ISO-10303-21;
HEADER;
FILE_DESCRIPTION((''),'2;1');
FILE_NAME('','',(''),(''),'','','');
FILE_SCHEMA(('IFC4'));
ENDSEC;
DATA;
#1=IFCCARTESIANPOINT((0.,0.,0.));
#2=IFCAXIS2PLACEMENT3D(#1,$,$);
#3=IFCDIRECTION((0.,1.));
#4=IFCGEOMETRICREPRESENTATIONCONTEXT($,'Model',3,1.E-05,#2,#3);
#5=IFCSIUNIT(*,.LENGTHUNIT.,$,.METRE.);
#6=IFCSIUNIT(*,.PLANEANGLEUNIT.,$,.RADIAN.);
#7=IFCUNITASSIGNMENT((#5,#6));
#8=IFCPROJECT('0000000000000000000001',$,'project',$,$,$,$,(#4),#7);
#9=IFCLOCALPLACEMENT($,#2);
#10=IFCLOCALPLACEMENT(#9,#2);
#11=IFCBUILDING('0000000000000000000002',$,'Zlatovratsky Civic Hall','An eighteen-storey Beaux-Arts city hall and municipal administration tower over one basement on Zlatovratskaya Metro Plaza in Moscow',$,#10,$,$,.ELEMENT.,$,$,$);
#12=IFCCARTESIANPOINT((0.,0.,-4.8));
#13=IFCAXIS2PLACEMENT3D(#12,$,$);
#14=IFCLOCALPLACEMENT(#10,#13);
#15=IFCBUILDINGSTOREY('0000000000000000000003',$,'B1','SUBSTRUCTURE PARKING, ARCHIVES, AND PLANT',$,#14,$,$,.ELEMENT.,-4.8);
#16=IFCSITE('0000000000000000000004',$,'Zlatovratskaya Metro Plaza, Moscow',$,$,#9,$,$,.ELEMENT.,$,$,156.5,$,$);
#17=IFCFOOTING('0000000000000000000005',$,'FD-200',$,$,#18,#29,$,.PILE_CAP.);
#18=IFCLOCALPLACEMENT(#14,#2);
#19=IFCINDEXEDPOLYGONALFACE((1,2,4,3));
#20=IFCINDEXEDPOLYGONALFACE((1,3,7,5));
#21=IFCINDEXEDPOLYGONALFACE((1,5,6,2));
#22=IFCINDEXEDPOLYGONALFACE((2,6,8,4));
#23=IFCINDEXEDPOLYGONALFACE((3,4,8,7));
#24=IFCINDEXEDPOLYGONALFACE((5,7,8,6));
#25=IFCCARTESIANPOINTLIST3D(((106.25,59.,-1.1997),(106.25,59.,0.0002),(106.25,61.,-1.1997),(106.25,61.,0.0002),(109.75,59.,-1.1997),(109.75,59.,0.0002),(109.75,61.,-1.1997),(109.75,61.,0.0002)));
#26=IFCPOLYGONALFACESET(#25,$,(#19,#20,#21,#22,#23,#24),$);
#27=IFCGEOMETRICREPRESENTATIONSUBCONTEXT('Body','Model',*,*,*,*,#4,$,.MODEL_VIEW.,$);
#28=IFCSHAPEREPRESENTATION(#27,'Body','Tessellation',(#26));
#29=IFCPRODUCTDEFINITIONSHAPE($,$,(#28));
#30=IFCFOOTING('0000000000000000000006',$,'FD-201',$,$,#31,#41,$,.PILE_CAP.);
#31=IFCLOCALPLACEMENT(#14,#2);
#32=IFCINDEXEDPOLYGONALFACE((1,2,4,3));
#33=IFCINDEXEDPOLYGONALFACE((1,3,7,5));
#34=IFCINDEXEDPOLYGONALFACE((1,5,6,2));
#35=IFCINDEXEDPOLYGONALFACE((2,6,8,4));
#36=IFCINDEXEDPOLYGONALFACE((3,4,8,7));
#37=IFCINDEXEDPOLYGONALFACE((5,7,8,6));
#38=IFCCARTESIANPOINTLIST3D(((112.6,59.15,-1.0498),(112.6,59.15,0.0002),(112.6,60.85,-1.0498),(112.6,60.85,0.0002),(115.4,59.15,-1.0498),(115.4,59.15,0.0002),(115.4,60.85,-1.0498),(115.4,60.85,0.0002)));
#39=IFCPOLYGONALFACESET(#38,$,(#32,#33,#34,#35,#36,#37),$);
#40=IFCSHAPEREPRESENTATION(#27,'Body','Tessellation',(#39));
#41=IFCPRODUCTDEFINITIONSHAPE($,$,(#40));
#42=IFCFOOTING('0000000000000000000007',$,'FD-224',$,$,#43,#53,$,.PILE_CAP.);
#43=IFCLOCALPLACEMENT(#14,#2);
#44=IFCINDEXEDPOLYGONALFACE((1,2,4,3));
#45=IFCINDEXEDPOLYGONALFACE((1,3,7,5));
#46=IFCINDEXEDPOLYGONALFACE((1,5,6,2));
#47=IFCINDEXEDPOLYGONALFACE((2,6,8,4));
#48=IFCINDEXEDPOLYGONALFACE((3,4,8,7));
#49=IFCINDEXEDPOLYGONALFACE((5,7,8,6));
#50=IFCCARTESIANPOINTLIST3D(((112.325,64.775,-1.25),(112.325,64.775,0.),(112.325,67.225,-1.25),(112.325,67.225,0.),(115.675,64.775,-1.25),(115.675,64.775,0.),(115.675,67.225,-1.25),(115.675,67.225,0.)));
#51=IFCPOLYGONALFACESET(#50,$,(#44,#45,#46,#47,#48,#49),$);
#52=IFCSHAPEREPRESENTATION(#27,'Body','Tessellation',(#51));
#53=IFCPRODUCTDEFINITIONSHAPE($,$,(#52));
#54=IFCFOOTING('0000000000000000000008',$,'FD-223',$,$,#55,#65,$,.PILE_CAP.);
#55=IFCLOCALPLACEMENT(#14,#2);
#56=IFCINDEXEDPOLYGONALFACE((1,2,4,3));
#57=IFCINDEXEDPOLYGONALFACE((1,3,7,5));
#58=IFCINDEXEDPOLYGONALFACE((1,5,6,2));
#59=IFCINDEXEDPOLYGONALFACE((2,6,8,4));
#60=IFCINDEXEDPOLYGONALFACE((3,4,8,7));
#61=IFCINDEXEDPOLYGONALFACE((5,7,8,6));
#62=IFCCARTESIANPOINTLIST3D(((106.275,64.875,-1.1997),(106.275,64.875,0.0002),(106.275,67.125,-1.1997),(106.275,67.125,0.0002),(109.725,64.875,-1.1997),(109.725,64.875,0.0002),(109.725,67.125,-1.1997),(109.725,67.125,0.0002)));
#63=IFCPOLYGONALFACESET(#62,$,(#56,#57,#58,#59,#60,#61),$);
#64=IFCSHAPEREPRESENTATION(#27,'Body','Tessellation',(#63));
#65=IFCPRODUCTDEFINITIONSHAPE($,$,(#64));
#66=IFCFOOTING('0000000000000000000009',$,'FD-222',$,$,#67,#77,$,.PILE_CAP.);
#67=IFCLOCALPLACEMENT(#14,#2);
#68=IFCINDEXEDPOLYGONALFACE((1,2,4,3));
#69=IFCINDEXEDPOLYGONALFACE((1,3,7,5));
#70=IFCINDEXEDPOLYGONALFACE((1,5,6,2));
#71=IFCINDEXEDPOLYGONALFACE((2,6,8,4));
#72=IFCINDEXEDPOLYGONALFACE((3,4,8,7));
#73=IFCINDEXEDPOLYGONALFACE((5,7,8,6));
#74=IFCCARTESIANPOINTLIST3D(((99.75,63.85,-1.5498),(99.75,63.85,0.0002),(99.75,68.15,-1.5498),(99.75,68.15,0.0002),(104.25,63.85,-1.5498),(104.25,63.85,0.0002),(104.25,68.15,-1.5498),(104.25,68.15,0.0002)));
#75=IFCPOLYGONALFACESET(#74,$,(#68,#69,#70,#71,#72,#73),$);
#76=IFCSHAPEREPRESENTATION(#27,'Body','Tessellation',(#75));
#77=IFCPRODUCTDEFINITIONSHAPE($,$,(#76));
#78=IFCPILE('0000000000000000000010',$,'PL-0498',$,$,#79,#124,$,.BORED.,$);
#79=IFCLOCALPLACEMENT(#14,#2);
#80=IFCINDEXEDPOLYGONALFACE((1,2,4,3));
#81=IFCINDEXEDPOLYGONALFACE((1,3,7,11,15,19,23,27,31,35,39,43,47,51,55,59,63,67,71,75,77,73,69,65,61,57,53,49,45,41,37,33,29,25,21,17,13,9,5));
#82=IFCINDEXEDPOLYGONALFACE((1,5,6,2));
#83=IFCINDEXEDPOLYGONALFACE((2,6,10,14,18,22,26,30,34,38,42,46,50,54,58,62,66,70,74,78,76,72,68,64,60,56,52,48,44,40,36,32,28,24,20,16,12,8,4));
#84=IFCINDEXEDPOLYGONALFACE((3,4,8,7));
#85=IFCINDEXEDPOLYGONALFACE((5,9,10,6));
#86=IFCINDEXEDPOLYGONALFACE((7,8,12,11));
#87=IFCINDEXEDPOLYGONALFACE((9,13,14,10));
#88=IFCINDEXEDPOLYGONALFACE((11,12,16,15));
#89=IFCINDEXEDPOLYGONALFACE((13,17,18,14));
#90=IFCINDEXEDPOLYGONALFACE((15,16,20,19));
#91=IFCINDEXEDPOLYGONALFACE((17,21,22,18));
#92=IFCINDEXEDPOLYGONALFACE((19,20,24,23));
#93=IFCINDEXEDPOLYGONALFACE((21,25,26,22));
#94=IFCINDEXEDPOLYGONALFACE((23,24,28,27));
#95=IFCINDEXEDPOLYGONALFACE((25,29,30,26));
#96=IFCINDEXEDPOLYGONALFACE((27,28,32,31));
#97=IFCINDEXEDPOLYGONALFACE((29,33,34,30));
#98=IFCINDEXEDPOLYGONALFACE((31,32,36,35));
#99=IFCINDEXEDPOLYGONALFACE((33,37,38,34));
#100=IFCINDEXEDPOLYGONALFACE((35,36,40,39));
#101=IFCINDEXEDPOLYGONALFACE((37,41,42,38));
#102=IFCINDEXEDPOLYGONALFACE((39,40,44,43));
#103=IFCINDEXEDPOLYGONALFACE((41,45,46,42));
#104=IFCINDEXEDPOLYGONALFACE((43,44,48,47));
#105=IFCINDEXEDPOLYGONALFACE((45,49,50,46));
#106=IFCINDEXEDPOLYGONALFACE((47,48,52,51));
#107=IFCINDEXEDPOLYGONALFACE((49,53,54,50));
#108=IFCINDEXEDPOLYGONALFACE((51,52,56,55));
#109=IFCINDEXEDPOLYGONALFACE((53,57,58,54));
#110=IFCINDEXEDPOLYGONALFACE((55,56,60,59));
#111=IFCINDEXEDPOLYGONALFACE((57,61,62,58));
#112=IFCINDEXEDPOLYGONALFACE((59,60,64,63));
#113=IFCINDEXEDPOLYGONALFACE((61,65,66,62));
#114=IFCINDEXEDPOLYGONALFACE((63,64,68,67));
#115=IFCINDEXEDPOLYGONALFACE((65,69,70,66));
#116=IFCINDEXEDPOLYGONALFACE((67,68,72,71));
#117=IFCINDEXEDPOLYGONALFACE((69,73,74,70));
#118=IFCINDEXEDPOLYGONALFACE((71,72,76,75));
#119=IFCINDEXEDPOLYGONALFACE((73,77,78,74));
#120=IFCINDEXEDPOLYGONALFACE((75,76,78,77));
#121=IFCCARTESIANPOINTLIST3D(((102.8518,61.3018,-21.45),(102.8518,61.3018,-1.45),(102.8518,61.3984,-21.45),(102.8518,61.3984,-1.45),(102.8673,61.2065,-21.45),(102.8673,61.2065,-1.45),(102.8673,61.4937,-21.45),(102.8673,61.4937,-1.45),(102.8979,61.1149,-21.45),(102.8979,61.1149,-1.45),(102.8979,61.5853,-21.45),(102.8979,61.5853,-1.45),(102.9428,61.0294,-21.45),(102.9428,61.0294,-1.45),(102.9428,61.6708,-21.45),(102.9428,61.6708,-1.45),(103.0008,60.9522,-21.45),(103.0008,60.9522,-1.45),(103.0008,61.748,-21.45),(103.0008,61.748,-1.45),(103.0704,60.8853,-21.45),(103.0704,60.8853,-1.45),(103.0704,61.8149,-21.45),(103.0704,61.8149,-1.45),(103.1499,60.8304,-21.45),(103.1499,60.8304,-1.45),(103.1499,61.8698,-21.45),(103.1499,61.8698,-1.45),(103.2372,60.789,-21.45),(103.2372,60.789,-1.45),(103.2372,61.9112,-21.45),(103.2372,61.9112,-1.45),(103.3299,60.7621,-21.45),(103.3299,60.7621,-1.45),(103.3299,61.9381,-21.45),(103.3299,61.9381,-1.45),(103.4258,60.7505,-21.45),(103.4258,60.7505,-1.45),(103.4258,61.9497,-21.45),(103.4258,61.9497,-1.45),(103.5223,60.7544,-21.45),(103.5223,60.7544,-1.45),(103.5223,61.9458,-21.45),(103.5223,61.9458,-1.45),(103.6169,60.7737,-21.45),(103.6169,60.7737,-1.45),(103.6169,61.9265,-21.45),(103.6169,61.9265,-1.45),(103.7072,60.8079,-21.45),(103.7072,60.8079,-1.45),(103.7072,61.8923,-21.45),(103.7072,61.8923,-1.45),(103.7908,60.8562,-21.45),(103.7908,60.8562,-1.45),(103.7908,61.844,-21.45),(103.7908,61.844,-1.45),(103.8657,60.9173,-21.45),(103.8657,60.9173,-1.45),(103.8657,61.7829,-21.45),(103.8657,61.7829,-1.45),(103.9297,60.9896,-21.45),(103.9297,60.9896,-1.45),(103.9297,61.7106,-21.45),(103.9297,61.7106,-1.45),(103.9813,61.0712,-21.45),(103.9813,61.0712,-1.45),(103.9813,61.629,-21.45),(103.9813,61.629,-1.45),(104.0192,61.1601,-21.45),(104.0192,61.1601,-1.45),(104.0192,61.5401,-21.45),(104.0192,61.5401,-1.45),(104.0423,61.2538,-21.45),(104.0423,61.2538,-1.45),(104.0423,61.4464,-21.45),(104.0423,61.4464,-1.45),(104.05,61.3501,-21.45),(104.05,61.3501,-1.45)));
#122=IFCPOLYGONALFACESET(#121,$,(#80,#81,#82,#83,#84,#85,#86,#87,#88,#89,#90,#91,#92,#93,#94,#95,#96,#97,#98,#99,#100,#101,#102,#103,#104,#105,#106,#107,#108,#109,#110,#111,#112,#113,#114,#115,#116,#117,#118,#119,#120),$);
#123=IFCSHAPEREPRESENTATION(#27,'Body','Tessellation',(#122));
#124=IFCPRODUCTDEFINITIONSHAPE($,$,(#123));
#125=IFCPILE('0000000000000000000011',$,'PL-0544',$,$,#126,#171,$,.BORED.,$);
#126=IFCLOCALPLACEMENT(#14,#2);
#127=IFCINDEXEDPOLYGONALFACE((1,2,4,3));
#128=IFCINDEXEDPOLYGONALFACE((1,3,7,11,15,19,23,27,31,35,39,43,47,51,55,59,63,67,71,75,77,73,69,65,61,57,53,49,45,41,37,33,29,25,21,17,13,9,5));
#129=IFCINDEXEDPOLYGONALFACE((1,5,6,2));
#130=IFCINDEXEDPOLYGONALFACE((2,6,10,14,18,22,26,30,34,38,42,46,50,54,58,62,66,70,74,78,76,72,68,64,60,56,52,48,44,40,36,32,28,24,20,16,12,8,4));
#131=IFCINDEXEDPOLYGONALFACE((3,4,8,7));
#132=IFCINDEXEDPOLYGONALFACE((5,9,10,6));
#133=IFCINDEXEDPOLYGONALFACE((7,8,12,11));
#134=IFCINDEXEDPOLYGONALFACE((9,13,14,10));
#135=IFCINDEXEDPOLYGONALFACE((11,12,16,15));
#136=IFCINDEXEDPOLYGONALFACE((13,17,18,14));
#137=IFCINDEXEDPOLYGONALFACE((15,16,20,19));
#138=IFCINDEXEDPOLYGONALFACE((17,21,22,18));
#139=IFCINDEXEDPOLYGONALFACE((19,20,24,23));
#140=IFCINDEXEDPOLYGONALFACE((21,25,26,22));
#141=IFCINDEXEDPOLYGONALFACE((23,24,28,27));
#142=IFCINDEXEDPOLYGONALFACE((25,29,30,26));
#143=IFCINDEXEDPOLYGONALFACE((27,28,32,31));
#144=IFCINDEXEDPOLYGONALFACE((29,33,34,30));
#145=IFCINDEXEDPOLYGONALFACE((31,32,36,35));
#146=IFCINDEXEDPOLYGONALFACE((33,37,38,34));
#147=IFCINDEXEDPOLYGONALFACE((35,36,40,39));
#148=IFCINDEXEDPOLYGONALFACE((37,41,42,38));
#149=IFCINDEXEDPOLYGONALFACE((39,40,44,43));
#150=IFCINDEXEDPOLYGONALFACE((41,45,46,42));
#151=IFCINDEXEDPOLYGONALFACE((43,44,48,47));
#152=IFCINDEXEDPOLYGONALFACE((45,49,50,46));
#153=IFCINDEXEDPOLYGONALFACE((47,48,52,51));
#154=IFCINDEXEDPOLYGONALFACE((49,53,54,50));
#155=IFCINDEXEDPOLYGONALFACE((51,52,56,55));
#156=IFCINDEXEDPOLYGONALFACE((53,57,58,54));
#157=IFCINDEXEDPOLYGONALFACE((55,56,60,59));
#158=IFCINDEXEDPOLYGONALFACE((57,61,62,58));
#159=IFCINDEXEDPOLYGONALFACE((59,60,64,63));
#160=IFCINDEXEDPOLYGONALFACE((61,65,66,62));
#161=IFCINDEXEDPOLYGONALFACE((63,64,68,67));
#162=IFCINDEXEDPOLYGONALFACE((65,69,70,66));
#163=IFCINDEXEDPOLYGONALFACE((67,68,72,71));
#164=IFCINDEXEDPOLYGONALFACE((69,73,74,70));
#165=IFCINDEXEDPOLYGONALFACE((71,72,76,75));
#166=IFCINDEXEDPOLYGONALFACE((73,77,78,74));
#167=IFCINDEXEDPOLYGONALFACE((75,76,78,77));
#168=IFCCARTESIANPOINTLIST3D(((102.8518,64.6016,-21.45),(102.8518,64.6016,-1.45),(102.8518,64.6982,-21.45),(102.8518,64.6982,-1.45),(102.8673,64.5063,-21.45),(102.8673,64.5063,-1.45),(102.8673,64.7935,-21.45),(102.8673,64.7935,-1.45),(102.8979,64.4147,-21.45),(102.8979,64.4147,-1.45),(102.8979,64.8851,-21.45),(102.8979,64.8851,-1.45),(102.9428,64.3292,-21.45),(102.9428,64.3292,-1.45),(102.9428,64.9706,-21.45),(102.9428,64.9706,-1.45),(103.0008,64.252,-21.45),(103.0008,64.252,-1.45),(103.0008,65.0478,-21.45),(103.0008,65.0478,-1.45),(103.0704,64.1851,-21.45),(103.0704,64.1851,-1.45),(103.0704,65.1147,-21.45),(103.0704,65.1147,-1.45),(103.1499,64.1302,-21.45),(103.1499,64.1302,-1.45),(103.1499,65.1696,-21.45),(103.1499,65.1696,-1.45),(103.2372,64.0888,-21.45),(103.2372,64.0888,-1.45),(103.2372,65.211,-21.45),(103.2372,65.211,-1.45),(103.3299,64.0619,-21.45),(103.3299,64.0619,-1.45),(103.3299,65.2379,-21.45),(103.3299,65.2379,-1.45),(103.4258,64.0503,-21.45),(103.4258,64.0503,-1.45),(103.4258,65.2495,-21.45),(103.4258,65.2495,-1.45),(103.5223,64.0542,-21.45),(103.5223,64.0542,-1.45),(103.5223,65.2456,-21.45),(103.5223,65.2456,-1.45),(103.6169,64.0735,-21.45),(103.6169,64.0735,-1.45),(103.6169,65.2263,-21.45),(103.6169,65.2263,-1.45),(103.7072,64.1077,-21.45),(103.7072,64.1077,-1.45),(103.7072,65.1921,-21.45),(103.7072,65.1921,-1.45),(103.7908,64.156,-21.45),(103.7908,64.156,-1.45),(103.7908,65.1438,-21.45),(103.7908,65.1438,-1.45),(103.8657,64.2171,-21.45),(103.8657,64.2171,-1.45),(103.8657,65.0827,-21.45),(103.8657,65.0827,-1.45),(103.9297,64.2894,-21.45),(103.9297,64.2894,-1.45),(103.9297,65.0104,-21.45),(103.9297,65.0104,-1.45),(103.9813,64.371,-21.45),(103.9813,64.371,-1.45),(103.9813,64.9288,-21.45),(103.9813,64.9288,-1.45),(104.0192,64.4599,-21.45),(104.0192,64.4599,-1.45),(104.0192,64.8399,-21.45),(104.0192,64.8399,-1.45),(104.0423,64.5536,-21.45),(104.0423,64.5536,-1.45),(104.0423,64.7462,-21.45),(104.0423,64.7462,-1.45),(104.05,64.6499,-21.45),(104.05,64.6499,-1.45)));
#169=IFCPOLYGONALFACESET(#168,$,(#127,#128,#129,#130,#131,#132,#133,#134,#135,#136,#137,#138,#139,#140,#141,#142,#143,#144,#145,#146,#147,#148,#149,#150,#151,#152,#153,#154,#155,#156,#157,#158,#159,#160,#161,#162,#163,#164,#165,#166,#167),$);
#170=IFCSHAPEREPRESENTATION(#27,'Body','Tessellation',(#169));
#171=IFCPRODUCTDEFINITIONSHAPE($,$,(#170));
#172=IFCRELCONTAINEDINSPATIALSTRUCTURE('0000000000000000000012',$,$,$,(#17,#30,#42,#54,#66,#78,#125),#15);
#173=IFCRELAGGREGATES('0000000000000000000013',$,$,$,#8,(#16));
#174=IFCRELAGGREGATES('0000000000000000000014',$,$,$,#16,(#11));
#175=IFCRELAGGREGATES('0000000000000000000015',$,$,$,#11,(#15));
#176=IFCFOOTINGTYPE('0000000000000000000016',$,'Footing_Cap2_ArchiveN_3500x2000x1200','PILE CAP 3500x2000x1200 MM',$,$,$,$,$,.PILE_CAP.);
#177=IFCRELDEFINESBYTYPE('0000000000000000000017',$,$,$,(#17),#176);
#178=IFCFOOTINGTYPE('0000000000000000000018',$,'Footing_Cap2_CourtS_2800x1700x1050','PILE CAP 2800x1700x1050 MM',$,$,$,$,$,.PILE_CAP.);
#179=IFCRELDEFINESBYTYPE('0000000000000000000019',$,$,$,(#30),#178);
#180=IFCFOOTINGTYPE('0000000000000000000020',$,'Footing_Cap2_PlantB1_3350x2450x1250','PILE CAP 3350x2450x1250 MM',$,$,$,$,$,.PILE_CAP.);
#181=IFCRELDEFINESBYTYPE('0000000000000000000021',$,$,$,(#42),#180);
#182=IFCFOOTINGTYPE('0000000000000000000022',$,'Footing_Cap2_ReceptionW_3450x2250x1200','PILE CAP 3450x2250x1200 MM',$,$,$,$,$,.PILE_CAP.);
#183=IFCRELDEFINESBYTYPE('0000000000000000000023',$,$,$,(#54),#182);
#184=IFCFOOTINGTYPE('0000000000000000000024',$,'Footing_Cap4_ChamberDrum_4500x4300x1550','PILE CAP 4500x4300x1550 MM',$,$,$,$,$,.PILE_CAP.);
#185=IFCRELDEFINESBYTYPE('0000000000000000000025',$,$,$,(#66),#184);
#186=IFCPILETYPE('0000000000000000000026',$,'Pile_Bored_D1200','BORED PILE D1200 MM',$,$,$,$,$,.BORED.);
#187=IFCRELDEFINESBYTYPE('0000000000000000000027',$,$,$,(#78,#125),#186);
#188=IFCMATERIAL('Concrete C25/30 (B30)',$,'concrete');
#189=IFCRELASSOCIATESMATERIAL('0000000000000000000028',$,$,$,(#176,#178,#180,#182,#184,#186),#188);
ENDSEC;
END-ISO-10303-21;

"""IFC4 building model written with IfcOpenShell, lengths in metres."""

from ifc_helpers import new_model, si_unit, direction, frame, origin, origin_2d, place, context, subcontext, project, spatial, rectangle, circle, extrude, material, material_profile, profile_set, type_object, element, save


model = new_model("IFC4")

# Units and contexts
model_context = context("Model", 3, precision=1e-05, world=origin(), true_north=direction((0.0, 1.0)))
body_context = subcontext(model_context, "Body", "Model", "MODEL_VIEW")
ifc_project = project(units=[si_unit("LENGTHUNIT", "METRE"), si_unit("PLANEANGLEUNIT", "RADIAN")], contexts=[model_context])

# Site, building, storey
site_placement = place(None, origin())
site = spatial("IfcSite", under=ifc_project, at=site_placement, Name="Zlatovratskaya Metro Plaza, Moscow", CompositionType="ELEMENT", RefElevation=156.5)
building_placement = place(site_placement, origin())
building = spatial("IfcBuilding", under=site, at=building_placement, Name="Zlatovratsky Civic Hall", Description="An eighteen-storey Beaux-Arts city hall and municipal administration tower over one basement on Zlatovratskaya Metro Plaza in Moscow", CompositionType="ELEMENT")
storey_placement = place(building_placement, frame((0.0, 0.0, -4.8)))
storey = spatial("IfcBuildingStorey", under=building, at=storey_placement, Name="B1", Description="SUBSTRUCTURE PARKING, ARCHIVES, AND PLANT", CompositionType="ELEMENT", Elevation=-4.8)

# Footings
ifc_material_1 = material(Name="Concrete C25/30 (B30)", Category="concrete")
footing_type_1 = type_object("IfcFootingType", Name="Footing_Cap2_ArchiveN_3500x2000x1200", Description="PILE CAP 3500x2000x1200 MM", PredefinedType="PILE_CAP", material=ifc_material_1)
footing_1_placement = place(storey_placement, frame((108.0, 60.0, -1.1997), z_axis=(0.0, 0.0, 1.0), x_axis=(1.0, 0.0, 0.0)))
element("IfcFooting", 1, at=footing_1_placement, inside=storey, type_object=footing_type_1, Name="FD-200", PredefinedType="PILE_CAP", context=body_context, shape_type="SweptSolid", body=[
    extrude(rectangle(XDim=3.5, YDim=2.0, at=origin_2d()), origin(), (0.0, 0.0, 1.0), 1.2),
])
footing_type_2 = type_object("IfcFootingType", Name="Footing_Cap2_CourtS_2800x1700x1050", Description="PILE CAP 2800x1700x1050 MM", PredefinedType="PILE_CAP", material=ifc_material_1)
footing_2_placement = place(storey_placement, frame((114.0, 60.0, -1.0498), z_axis=(0.0, 0.0, 1.0), x_axis=(1.0, 0.0, 0.0)))
element("IfcFooting", 2, at=footing_2_placement, inside=storey, type_object=footing_type_2, Name="FD-201", PredefinedType="PILE_CAP", context=body_context, shape_type="SweptSolid", body=[
    extrude(rectangle(XDim=2.8, YDim=1.7, at=origin_2d()), origin(), (0.0, 0.0, 1.0), 1.05),
])
footing_type_3 = type_object("IfcFootingType", Name="Footing_Cap2_PlantB1_3350x2450x1250", Description="PILE CAP 3350x2450x1250 MM", PredefinedType="PILE_CAP", material=ifc_material_1)
footing_3_placement = place(storey_placement, frame((114.0, 66.0, -1.25), z_axis=(0.0, 0.0, 1.0), x_axis=(1.0, 0.0, 0.0)))
element("IfcFooting", 3, at=footing_3_placement, inside=storey, type_object=footing_type_3, Name="FD-224", PredefinedType="PILE_CAP", context=body_context, shape_type="SweptSolid", body=[
    extrude(rectangle(XDim=3.3501, YDim=2.45, at=origin_2d()), origin(), (0.0, 0.0, 1.0), 1.25),
])
footing_type_4 = type_object("IfcFootingType", Name="Footing_Cap2_ReceptionW_3450x2250x1200", Description="PILE CAP 3450x2250x1200 MM", PredefinedType="PILE_CAP", material=ifc_material_1)
footing_4_placement = place(storey_placement, frame((108.0, 66.0, -1.1997), z_axis=(0.0, 0.0, 1.0), x_axis=(1.0, 0.0, 0.0)))
element("IfcFooting", 4, at=footing_4_placement, inside=storey, type_object=footing_type_4, Name="FD-223", PredefinedType="PILE_CAP", context=body_context, shape_type="SweptSolid", body=[
    extrude(rectangle(XDim=3.45, YDim=2.25, at=origin_2d()), origin(), (0.0, 0.0, 1.0), 1.2),
])
footing_type_5 = type_object("IfcFootingType", Name="Footing_Cap4_ChamberDrum_4500x4300x1550", Description="PILE CAP 4500x4300x1550 MM", PredefinedType="PILE_CAP", material=ifc_material_1)
footing_5_placement = place(storey_placement, frame((102.0, 66.0, -1.5498), z_axis=(0.0, 0.0, 1.0), x_axis=(1.0, 0.0, 0.0)))
element("IfcFooting", 5, at=footing_5_placement, inside=storey, type_object=footing_type_5, Name="FD-222", PredefinedType="PILE_CAP", context=body_context, shape_type="SweptSolid", body=[
    extrude(rectangle(XDim=4.5, YDim=4.3, at=origin_2d()), origin(), (0.0, 0.0, 1.0), 1.55),
])

# Piles
ifc_material_profile_1 = material_profile(ifc_material_1, circle(Radius=0.6001, at=origin_2d()), Name="PILE D1200")
ifc_profile_set_1 = profile_set([ifc_material_profile_1], Name="Concrete C25/30 (B30)")
pile_type_1 = type_object("IfcPileType", Name="Pile_Bored_D1200", Description="BORED PILE D1200 MM", PredefinedType="BORED", material=ifc_profile_set_1)
for number, where, z_axis, x_axis, name in (
    (6, (103.45, 61.3501, -1.45), (0.0, 0.0, -1.0), (1.0, 0.0, 0.0), "PL-0498"),
    (7, (103.45, 64.6499, -1.45), (0.0, 0.0, -1.0), (1.0, 0.0, 0.0), "PL-0544"),
):
    element("IfcPile", number, at=place(storey_placement, frame(where, z_axis=z_axis, x_axis=x_axis)), inside=storey, type_object=pile_type_1, Name=name, PredefinedType="BORED", context=body_context, shape_type="SweptSolid", body=[
        extrude(circle(Radius=0.6001, at=origin_2d()), origin(), (0.0, 0.0, 1.0), 20.0),
    ])

save(model, "model.ifc")
